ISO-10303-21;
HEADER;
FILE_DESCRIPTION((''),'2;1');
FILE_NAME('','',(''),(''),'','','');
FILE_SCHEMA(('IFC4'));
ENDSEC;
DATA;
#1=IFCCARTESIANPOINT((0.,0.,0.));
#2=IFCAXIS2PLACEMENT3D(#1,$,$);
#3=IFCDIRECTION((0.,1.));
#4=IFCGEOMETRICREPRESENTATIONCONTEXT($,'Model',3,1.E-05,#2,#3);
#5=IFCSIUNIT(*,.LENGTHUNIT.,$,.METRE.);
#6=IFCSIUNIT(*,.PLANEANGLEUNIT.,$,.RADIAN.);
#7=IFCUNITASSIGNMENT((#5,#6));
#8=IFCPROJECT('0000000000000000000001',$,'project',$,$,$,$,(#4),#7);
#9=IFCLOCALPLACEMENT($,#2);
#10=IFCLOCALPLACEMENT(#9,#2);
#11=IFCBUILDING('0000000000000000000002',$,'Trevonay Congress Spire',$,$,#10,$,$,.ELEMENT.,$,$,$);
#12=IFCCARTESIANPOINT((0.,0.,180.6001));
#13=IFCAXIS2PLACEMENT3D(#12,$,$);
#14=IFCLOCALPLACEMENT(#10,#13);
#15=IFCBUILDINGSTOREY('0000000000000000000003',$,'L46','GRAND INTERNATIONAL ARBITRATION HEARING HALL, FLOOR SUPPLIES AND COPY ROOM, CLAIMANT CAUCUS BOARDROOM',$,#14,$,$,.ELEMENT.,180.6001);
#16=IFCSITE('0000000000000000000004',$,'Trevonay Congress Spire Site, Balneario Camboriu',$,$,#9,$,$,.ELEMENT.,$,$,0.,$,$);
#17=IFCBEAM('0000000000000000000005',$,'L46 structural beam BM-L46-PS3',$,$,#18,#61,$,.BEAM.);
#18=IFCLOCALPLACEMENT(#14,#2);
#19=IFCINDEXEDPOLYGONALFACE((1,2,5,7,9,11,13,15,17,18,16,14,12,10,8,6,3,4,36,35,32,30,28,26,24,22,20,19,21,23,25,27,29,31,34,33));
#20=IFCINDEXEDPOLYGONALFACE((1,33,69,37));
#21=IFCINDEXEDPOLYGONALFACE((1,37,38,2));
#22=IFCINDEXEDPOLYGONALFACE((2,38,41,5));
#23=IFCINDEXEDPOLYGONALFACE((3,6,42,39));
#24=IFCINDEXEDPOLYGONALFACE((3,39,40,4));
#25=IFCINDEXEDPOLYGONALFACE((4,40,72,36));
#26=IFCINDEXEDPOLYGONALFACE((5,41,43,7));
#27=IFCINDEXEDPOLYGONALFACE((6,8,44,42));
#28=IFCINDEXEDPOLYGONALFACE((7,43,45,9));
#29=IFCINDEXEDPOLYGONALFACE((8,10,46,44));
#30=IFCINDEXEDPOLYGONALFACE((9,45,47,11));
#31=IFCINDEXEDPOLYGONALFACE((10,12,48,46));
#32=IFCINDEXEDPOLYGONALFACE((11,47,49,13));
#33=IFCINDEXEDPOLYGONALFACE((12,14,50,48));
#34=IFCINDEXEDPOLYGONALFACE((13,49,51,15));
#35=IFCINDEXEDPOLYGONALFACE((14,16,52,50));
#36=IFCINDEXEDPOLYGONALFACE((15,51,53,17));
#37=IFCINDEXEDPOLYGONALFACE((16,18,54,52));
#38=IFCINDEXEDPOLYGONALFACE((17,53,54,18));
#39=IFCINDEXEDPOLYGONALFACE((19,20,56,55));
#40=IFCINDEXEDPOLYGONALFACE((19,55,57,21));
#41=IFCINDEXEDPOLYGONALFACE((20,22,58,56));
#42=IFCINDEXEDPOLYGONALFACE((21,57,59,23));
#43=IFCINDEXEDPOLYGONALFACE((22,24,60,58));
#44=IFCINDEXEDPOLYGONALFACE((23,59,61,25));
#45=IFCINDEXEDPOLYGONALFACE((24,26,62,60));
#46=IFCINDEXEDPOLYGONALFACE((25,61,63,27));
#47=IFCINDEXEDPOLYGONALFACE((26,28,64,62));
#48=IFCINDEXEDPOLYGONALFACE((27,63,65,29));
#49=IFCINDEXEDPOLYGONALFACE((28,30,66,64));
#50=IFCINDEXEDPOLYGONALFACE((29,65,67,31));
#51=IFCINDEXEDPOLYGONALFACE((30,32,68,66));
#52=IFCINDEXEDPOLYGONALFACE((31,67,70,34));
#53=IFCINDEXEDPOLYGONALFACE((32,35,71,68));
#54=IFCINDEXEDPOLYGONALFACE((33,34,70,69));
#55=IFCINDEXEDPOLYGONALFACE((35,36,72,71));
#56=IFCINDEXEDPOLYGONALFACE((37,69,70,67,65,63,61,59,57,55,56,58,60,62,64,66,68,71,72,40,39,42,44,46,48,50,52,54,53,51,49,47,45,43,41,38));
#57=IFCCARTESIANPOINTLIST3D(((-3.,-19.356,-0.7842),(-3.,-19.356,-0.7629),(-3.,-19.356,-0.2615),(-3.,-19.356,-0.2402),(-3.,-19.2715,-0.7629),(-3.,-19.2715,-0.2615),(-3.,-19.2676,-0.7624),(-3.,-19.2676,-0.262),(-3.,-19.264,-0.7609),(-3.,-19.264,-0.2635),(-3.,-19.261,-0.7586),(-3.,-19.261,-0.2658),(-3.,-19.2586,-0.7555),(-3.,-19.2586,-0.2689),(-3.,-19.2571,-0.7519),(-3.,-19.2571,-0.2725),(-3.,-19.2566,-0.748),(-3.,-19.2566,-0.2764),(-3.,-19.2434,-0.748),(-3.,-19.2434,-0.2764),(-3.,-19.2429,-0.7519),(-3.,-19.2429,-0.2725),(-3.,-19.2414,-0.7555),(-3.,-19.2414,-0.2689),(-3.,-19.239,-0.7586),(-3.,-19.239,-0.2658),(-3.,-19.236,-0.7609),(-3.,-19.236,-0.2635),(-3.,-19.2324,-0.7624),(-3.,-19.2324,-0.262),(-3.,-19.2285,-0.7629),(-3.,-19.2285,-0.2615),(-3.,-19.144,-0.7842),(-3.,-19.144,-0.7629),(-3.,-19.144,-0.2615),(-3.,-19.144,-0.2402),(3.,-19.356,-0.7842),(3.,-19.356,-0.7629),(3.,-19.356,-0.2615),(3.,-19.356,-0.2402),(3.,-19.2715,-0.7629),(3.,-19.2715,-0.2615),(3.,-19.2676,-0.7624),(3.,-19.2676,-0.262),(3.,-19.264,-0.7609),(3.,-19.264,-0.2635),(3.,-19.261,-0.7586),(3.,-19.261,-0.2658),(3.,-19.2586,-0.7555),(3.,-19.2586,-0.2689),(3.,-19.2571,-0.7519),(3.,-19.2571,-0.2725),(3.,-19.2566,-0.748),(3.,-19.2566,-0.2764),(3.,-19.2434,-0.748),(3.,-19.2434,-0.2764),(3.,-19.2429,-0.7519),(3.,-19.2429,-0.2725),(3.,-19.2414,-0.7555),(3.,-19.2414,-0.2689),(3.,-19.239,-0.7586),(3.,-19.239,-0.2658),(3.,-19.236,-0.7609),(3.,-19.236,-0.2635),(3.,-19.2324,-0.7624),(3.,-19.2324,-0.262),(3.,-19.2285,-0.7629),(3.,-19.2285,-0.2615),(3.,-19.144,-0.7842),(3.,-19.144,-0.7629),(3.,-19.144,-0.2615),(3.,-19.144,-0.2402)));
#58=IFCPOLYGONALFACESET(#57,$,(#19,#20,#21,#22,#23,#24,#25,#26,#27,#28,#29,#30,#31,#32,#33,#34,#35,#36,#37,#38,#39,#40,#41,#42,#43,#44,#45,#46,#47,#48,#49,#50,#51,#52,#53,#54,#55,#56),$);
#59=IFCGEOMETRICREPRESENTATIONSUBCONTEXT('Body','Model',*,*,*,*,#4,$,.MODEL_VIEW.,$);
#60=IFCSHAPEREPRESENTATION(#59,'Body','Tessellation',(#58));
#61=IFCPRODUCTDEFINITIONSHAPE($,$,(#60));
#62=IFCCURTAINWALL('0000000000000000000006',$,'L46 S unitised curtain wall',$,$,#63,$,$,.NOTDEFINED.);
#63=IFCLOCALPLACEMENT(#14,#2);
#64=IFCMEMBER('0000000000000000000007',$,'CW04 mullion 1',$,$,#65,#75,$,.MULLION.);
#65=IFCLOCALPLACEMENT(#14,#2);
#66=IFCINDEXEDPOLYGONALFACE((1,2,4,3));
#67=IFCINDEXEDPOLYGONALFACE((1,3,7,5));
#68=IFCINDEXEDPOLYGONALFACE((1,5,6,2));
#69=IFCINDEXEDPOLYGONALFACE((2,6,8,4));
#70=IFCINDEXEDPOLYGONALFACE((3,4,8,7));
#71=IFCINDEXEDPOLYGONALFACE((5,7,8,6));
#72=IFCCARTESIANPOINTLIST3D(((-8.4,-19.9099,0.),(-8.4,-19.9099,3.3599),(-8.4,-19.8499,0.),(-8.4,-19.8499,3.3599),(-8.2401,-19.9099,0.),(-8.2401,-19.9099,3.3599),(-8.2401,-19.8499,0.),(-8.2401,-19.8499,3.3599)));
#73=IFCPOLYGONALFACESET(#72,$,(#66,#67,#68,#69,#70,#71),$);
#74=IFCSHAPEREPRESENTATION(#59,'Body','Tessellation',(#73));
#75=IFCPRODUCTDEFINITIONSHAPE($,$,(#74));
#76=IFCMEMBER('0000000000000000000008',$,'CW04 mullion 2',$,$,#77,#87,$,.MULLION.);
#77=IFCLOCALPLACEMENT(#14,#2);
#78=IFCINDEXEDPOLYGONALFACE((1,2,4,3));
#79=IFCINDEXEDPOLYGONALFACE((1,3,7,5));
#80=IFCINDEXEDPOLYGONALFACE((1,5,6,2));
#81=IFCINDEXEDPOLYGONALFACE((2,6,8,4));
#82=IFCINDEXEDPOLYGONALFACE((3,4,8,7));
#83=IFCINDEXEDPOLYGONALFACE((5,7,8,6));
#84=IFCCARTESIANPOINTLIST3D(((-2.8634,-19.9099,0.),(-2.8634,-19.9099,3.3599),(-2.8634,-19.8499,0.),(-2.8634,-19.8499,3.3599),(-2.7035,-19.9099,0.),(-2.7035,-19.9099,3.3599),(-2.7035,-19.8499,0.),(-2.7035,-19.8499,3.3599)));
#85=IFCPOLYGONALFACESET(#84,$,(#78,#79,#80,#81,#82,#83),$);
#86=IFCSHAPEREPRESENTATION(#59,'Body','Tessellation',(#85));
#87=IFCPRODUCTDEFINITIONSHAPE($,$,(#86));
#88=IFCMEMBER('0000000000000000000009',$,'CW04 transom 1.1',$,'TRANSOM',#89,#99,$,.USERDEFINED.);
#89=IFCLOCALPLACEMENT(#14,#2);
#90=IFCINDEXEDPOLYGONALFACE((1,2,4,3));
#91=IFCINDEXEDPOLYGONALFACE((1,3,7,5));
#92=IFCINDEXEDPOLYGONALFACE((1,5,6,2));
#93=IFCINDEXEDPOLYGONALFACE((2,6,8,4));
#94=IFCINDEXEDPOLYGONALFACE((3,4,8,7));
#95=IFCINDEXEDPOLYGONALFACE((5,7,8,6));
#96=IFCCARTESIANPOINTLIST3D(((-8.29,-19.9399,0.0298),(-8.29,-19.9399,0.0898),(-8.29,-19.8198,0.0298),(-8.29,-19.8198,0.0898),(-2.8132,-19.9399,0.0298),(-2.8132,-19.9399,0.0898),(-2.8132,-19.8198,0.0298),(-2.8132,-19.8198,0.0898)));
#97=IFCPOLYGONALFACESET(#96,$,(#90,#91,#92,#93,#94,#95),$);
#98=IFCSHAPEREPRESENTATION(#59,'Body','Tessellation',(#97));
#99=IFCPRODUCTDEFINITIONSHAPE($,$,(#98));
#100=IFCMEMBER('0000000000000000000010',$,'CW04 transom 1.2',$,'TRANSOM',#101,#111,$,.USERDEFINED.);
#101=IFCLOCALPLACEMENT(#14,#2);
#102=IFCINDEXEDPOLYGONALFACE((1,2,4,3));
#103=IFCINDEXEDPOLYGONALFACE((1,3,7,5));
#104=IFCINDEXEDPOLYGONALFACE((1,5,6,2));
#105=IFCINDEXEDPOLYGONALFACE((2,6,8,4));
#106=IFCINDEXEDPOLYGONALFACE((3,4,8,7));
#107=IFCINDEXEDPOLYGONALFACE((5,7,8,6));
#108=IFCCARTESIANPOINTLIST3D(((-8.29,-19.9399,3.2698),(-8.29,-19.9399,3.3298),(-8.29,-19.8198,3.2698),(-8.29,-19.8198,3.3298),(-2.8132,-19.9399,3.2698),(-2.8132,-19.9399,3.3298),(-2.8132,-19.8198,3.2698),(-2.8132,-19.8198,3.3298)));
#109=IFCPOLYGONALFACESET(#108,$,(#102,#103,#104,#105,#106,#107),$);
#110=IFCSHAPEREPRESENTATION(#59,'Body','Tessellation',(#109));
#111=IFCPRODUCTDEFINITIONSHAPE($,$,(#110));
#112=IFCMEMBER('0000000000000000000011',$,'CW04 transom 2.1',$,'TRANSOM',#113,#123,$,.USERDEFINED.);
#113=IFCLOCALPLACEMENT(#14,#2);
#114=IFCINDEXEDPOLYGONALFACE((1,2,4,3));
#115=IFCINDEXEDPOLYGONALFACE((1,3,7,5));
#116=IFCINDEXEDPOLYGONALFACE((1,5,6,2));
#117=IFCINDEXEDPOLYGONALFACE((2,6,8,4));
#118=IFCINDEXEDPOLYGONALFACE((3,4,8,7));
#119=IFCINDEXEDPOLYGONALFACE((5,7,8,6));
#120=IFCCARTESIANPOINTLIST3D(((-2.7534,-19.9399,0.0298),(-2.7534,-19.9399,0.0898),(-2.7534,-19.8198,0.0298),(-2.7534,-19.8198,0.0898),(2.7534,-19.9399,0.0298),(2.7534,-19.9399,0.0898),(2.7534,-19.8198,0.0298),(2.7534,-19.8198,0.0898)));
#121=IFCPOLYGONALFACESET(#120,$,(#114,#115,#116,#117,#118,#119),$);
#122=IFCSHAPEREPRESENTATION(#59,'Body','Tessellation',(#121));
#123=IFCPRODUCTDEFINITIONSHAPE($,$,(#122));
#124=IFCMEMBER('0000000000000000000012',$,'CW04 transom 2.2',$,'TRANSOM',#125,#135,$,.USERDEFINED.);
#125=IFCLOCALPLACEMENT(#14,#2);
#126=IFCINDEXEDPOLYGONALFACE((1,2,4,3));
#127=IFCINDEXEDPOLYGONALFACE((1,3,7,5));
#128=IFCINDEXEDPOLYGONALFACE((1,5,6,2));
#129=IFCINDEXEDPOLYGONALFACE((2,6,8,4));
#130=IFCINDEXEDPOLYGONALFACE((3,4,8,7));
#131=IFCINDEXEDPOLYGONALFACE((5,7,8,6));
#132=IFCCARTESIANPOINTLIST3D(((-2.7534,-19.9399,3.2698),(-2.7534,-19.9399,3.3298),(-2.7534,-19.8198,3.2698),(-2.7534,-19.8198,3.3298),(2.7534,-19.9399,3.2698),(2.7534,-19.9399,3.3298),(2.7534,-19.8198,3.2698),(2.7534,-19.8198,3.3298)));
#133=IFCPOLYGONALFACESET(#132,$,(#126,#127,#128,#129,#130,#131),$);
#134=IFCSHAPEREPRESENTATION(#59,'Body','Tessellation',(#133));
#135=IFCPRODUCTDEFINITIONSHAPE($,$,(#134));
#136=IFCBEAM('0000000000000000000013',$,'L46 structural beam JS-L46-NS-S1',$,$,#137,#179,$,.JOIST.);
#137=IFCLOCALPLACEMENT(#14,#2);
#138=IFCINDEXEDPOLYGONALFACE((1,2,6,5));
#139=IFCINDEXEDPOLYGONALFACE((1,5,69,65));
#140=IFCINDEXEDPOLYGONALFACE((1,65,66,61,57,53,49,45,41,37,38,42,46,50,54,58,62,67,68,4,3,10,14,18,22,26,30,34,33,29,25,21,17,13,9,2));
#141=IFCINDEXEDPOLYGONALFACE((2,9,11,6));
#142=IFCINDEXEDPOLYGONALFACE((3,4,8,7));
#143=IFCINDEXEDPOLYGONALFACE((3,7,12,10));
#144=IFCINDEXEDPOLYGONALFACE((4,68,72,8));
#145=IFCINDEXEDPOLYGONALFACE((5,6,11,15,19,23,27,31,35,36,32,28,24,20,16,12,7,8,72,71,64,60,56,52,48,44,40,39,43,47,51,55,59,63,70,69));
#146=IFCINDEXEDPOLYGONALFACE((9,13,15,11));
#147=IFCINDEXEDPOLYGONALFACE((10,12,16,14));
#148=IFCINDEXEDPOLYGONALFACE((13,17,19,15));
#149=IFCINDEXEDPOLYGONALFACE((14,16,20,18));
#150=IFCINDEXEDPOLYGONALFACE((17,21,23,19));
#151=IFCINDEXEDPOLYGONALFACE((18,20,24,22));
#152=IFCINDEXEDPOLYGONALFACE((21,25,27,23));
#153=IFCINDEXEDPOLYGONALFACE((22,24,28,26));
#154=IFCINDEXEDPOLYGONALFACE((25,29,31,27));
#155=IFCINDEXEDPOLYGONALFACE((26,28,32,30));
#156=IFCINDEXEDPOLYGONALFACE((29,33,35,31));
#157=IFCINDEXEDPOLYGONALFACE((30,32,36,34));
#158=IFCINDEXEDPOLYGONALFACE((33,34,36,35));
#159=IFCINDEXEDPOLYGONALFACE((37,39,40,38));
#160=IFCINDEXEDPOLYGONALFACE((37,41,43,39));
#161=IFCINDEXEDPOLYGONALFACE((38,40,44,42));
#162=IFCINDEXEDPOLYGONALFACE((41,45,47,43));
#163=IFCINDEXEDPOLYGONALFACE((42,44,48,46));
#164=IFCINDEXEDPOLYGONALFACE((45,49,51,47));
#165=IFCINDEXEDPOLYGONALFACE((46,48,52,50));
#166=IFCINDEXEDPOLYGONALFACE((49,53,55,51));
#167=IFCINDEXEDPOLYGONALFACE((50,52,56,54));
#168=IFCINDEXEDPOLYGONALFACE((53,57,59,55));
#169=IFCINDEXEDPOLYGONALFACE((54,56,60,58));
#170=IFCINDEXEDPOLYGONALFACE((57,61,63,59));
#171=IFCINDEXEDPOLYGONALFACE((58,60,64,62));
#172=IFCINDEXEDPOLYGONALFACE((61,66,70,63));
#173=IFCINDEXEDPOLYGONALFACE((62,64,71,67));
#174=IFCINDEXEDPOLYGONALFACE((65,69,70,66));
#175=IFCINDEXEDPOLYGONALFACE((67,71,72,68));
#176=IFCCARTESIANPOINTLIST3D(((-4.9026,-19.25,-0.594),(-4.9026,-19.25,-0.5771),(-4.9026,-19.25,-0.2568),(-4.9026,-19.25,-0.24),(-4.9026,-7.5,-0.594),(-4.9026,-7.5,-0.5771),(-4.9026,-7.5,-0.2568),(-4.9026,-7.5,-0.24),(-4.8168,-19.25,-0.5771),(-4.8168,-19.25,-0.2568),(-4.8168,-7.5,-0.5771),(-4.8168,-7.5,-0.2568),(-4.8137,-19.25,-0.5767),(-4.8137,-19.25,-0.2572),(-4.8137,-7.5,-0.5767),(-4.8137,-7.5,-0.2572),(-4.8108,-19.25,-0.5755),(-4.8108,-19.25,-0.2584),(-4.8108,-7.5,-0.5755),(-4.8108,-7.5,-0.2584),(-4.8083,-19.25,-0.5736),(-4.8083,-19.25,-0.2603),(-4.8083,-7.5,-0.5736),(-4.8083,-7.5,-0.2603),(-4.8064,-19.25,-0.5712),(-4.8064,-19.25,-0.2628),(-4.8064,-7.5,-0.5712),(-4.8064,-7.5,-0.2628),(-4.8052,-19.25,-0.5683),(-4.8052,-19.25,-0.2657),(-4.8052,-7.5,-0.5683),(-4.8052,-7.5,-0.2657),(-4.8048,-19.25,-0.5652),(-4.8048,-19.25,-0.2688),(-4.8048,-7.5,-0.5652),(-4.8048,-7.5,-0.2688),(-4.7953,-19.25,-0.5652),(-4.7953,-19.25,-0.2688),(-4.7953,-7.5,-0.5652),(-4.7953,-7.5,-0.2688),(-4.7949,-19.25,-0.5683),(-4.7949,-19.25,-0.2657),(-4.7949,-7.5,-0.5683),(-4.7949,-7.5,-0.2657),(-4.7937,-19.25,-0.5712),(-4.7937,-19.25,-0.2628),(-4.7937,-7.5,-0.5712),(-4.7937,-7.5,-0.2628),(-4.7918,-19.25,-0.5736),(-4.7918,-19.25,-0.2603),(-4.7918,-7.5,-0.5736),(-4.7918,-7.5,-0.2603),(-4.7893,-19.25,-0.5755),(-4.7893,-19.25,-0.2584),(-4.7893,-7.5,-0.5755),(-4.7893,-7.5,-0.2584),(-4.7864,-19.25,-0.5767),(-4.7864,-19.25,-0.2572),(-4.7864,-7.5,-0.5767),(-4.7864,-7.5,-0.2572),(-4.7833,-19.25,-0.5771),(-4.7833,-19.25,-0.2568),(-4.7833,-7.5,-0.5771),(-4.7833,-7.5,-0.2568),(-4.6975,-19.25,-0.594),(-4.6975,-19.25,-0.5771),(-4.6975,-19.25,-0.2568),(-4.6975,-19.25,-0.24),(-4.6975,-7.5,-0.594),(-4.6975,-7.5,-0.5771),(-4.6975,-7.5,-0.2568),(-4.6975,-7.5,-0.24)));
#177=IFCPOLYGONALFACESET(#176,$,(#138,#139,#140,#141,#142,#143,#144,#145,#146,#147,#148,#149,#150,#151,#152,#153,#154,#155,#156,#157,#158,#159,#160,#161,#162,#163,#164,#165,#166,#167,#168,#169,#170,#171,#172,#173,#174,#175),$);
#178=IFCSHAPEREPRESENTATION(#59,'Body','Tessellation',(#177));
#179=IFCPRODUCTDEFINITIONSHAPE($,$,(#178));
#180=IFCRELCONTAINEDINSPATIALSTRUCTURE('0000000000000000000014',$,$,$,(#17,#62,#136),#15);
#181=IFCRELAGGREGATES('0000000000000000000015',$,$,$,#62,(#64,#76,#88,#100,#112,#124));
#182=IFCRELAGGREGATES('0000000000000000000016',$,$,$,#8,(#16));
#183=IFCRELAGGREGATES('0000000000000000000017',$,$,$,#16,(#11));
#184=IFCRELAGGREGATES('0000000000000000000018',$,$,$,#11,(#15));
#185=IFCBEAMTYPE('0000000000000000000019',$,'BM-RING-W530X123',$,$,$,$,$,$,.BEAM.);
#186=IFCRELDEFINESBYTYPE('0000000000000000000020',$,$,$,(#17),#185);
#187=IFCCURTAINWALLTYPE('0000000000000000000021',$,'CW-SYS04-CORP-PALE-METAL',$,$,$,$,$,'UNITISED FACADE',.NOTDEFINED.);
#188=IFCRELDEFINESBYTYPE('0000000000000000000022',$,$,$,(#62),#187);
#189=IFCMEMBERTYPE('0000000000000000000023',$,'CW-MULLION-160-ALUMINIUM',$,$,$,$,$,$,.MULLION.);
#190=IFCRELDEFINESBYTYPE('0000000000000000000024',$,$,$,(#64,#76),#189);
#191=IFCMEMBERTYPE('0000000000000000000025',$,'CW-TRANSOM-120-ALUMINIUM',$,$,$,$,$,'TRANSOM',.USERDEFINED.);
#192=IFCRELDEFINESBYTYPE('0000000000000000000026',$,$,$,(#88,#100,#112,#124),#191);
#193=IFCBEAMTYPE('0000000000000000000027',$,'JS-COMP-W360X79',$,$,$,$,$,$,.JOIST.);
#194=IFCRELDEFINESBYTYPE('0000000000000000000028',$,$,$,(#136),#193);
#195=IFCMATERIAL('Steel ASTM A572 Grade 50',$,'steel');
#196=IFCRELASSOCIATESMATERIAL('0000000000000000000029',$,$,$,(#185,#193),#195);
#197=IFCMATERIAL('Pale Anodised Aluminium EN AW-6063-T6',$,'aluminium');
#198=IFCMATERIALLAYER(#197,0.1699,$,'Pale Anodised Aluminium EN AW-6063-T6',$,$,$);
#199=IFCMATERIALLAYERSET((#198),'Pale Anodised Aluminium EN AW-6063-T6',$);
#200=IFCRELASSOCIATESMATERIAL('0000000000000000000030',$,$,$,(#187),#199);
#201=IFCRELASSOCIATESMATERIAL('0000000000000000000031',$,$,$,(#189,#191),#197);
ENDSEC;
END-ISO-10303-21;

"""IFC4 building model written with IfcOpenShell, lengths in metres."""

from ifc_helpers import new_model, si_unit, direction, frame, origin, origin_2d, place, context, subcontext, project, spatial, rectangle, i_section, extrude, material, layer, layer_set, material_profile, profile_set, type_object, element, aggregate, save


model = new_model("IFC4")

# Units and contexts
model_context = context("Model", 3, precision=1e-05, world=origin(), true_north=direction((0.0, 1.0)))
body_context = subcontext(model_context, "Body", "Model", "MODEL_VIEW")
ifc_project = project(units=[si_unit("LENGTHUNIT", "METRE"), si_unit("PLANEANGLEUNIT", "RADIAN")], contexts=[model_context])

# Site, building, storey
site_placement = place(None, origin())
site = spatial("IfcSite", under=ifc_project, at=site_placement, Name="Trevonay Congress Spire Site, Balneario Camboriu", CompositionType="ELEMENT", RefElevation=0.0)
building_placement = place(site_placement, origin())
building = spatial("IfcBuilding", under=site, at=building_placement, Name="Trevonay Congress Spire", CompositionType="ELEMENT")
storey_placement = place(building_placement, frame((0.0, 0.0, 180.6001)))
storey = spatial("IfcBuildingStorey", under=building, at=storey_placement, Name="L46", Description="GRAND INTERNATIONAL ARBITRATION HEARING HALL, FLOOR SUPPLIES AND COPY ROOM, CLAIMANT CAUCUS BOARDROOM", CompositionType="ELEMENT", Elevation=180.6001)

# Shared definitions
ifc_material_1 = material(Name="Steel ASTM A572 Grade 50", Category="steel")

# Beam
ifc_material_profile_1 = material_profile(ifc_material_1, i_section(OverallWidth=0.2119, OverallDepth=0.5439, WebThickness=0.0132, FlangeThickness=0.0212, FilletRadius=0.0149, at=origin_2d()), Name="W530x123")
ifc_profile_set_1 = profile_set([ifc_material_profile_1], Name="Steel ASTM A572 Grade 50")
beam_type_1 = type_object("IfcBeamType", Name="BM-RING-W530X123", PredefinedType="BEAM", material=ifc_profile_set_1)
beam_1_placement = place(storey_placement, frame((-3.0, -19.25, -0.5122), z_axis=(1.0, 0.0, 0.0), x_axis=(0.0, 1.0, 0.0)))
element("IfcBeam", 1, at=beam_1_placement, inside=storey, type_object=beam_type_1, Name="L46 structural beam BM-L46-PS3", PredefinedType="BEAM", context=body_context, shape_type="SweptSolid", body=[
    extrude(i_section(OverallWidth=0.2119, OverallDepth=0.5439, WebThickness=0.0132, FlangeThickness=0.0212, FilletRadius=0.0149, at=origin_2d()), origin(), (0.0, 0.0, 1.0), 6.0),
])

# Curtain wall, members
ifc_material_2 = material(Name="Pale Anodised Aluminium EN AW-6063-T6", Category="aluminium")
ifc_layer_1 = layer(ifc_material_2, 0.1699, Name="Pale Anodised Aluminium EN AW-6063-T6")
ifc_layer_set_1 = layer_set([ifc_layer_1], Name="Pale Anodised Aluminium EN AW-6063-T6")
curtain_wall_type = type_object("IfcCurtainWallType", Name="CW-SYS04-CORP-PALE-METAL", ElementType="UNITISED FACADE", PredefinedType="NOTDEFINED", material=ifc_layer_set_1)
curtain_wall_placement = place(storey_placement, origin())
curtain_wall = element("IfcCurtainWall", 2, at=curtain_wall_placement, inside=storey, type_object=curtain_wall_type, Name="L46 S unitised curtain wall", PredefinedType="NOTDEFINED")
ifc_material_profile_2 = material_profile(ifc_material_2, rectangle(XDim=0.0601, YDim=0.1599, at=origin_2d()), Name="CW-MULLION-160-ALUMINIUM")
ifc_profile_set_2 = profile_set([ifc_material_profile_2], Name="Pale Anodised Aluminium EN AW-6063-T6")
member_type_1 = type_object("IfcMemberType", Name="CW-MULLION-160-ALUMINIUM", PredefinedType="MULLION", material=ifc_profile_set_2)
member_1_placement = place(storey_placement, frame((-8.3201, -19.8799, 0.0), z_axis=(0.0, 0.0, 1.0), x_axis=(0.0, 1.0, 0.0)))
member_1 = element("IfcMember", 3, at=member_1_placement, type_object=member_type_1, Name="CW04 mullion 1", PredefinedType="MULLION", context=body_context, shape_type="SweptSolid", body=[
    extrude(rectangle(XDim=0.0601, YDim=0.1599, at=origin_2d()), origin(), (0.0, 0.0, 1.0), 3.3599),
])
member_2_placement = place(storey_placement, frame((-2.7834, -19.8799, 0.0), z_axis=(0.0, 0.0, 1.0), x_axis=(0.0, 1.0, 0.0)))
member_2 = element("IfcMember", 4, at=member_2_placement, type_object=member_type_1, Name="CW04 mullion 2", PredefinedType="MULLION", context=body_context, shape_type="SweptSolid", body=[
    extrude(rectangle(XDim=0.0601, YDim=0.1599, at=origin_2d()), origin(), (0.0, 0.0, 1.0), 3.3599),
])
ifc_material_profile_3 = material_profile(ifc_material_2, rectangle(XDim=0.1201, YDim=0.0601, at=origin_2d()), Name="CW-TRANSOM-120-ALUMINIUM")
ifc_profile_set_3 = profile_set([ifc_material_profile_3], Name="Pale Anodised Aluminium EN AW-6063-T6")
member_type_2 = type_object("IfcMemberType", Name="CW-TRANSOM-120-ALUMINIUM", ElementType="TRANSOM", PredefinedType="USERDEFINED", material=ifc_profile_set_3)
member_3_placement = place(storey_placement, frame((-8.29, -19.8799, 0.0598), z_axis=(1.0, 0.0, 0.0), x_axis=(0.0, 1.0, 0.0)))
member_3 = element("IfcMember", 5, at=member_3_placement, type_object=member_type_2, Name="CW04 transom 1.1", ObjectType="TRANSOM", PredefinedType="USERDEFINED", context=body_context, shape_type="SweptSolid", body=[
    extrude(rectangle(XDim=0.1201, YDim=0.0601, at=origin_2d()), origin(), (0.0, 0.0, 1.0), 5.4768),
])
member_4_placement = place(storey_placement, frame((-8.29, -19.8799, 3.2998), z_axis=(1.0, 0.0, 0.0), x_axis=(0.0, 1.0, 0.0)))
member_4 = element("IfcMember", 6, at=member_4_placement, type_object=member_type_2, Name="CW04 transom 1.2", ObjectType="TRANSOM", PredefinedType="USERDEFINED", context=body_context, shape_type="SweptSolid", body=[
    extrude(rectangle(XDim=0.1201, YDim=0.0601, at=origin_2d()), origin(), (0.0, 0.0, 1.0), 5.4768),
])
member_5_placement = place(storey_placement, frame((-2.7534, -19.8799, 0.0598), z_axis=(1.0, 0.0, 0.0), x_axis=(0.0, 1.0, 0.0)))
member_5 = element("IfcMember", 7, at=member_5_placement, type_object=member_type_2, Name="CW04 transom 2.1", ObjectType="TRANSOM", PredefinedType="USERDEFINED", context=body_context, shape_type="SweptSolid", body=[
    extrude(rectangle(XDim=0.1201, YDim=0.0601, at=origin_2d()), origin(), (0.0, 0.0, 1.0), 5.5068),
])
member_6_placement = place(storey_placement, frame((-2.7534, -19.8799, 3.2998), z_axis=(1.0, 0.0, 0.0), x_axis=(0.0, 1.0, 0.0)))
member_6 = element("IfcMember", 8, at=member_6_placement, type_object=member_type_2, Name="CW04 transom 2.2", ObjectType="TRANSOM", PredefinedType="USERDEFINED", context=body_context, shape_type="SweptSolid", body=[
    extrude(rectangle(XDim=0.1201, YDim=0.0601, at=origin_2d()), origin(), (0.0, 0.0, 1.0), 5.5068),
])

# Beam
ifc_material_profile_4 = material_profile(ifc_material_1, i_section(OverallWidth=0.2051, OverallDepth=0.354, WebThickness=0.0095, FlangeThickness=0.0168, FilletRadius=0.012, at=origin_2d()), Name="W360x79")
ifc_profile_set_4 = profile_set([ifc_material_profile_4], Name="Steel ASTM A572 Grade 50")
beam_type_2 = type_object("IfcBeamType", Name="JS-COMP-W360X79", PredefinedType="JOIST", material=ifc_profile_set_4)
for number, where, z_axis, x_axis, name in (
    (9, (-4.8, -19.25, -0.417), (0.0, 1.0, 0.0), (-1.0, 0.0, 0.0), "L46 structural beam JS-L46-NS-S1"),
):
    element("IfcBeam", number, at=place(storey_placement, frame(where, z_axis=z_axis, x_axis=x_axis)), inside=storey, type_object=beam_type_2, Name=name, PredefinedType="JOIST", context=body_context, shape_type="SweptSolid", body=[
        extrude(i_section(OverallWidth=0.2051, OverallDepth=0.354, WebThickness=0.0095, FlangeThickness=0.0168, FilletRadius=0.012, at=origin_2d()), origin(), (0.0, 0.0, 1.0), 11.75),
    ])

aggregate(curtain_wall, [member_1, member_2, member_3, member_4, member_5, member_6])

save(model, "model.ifc")
